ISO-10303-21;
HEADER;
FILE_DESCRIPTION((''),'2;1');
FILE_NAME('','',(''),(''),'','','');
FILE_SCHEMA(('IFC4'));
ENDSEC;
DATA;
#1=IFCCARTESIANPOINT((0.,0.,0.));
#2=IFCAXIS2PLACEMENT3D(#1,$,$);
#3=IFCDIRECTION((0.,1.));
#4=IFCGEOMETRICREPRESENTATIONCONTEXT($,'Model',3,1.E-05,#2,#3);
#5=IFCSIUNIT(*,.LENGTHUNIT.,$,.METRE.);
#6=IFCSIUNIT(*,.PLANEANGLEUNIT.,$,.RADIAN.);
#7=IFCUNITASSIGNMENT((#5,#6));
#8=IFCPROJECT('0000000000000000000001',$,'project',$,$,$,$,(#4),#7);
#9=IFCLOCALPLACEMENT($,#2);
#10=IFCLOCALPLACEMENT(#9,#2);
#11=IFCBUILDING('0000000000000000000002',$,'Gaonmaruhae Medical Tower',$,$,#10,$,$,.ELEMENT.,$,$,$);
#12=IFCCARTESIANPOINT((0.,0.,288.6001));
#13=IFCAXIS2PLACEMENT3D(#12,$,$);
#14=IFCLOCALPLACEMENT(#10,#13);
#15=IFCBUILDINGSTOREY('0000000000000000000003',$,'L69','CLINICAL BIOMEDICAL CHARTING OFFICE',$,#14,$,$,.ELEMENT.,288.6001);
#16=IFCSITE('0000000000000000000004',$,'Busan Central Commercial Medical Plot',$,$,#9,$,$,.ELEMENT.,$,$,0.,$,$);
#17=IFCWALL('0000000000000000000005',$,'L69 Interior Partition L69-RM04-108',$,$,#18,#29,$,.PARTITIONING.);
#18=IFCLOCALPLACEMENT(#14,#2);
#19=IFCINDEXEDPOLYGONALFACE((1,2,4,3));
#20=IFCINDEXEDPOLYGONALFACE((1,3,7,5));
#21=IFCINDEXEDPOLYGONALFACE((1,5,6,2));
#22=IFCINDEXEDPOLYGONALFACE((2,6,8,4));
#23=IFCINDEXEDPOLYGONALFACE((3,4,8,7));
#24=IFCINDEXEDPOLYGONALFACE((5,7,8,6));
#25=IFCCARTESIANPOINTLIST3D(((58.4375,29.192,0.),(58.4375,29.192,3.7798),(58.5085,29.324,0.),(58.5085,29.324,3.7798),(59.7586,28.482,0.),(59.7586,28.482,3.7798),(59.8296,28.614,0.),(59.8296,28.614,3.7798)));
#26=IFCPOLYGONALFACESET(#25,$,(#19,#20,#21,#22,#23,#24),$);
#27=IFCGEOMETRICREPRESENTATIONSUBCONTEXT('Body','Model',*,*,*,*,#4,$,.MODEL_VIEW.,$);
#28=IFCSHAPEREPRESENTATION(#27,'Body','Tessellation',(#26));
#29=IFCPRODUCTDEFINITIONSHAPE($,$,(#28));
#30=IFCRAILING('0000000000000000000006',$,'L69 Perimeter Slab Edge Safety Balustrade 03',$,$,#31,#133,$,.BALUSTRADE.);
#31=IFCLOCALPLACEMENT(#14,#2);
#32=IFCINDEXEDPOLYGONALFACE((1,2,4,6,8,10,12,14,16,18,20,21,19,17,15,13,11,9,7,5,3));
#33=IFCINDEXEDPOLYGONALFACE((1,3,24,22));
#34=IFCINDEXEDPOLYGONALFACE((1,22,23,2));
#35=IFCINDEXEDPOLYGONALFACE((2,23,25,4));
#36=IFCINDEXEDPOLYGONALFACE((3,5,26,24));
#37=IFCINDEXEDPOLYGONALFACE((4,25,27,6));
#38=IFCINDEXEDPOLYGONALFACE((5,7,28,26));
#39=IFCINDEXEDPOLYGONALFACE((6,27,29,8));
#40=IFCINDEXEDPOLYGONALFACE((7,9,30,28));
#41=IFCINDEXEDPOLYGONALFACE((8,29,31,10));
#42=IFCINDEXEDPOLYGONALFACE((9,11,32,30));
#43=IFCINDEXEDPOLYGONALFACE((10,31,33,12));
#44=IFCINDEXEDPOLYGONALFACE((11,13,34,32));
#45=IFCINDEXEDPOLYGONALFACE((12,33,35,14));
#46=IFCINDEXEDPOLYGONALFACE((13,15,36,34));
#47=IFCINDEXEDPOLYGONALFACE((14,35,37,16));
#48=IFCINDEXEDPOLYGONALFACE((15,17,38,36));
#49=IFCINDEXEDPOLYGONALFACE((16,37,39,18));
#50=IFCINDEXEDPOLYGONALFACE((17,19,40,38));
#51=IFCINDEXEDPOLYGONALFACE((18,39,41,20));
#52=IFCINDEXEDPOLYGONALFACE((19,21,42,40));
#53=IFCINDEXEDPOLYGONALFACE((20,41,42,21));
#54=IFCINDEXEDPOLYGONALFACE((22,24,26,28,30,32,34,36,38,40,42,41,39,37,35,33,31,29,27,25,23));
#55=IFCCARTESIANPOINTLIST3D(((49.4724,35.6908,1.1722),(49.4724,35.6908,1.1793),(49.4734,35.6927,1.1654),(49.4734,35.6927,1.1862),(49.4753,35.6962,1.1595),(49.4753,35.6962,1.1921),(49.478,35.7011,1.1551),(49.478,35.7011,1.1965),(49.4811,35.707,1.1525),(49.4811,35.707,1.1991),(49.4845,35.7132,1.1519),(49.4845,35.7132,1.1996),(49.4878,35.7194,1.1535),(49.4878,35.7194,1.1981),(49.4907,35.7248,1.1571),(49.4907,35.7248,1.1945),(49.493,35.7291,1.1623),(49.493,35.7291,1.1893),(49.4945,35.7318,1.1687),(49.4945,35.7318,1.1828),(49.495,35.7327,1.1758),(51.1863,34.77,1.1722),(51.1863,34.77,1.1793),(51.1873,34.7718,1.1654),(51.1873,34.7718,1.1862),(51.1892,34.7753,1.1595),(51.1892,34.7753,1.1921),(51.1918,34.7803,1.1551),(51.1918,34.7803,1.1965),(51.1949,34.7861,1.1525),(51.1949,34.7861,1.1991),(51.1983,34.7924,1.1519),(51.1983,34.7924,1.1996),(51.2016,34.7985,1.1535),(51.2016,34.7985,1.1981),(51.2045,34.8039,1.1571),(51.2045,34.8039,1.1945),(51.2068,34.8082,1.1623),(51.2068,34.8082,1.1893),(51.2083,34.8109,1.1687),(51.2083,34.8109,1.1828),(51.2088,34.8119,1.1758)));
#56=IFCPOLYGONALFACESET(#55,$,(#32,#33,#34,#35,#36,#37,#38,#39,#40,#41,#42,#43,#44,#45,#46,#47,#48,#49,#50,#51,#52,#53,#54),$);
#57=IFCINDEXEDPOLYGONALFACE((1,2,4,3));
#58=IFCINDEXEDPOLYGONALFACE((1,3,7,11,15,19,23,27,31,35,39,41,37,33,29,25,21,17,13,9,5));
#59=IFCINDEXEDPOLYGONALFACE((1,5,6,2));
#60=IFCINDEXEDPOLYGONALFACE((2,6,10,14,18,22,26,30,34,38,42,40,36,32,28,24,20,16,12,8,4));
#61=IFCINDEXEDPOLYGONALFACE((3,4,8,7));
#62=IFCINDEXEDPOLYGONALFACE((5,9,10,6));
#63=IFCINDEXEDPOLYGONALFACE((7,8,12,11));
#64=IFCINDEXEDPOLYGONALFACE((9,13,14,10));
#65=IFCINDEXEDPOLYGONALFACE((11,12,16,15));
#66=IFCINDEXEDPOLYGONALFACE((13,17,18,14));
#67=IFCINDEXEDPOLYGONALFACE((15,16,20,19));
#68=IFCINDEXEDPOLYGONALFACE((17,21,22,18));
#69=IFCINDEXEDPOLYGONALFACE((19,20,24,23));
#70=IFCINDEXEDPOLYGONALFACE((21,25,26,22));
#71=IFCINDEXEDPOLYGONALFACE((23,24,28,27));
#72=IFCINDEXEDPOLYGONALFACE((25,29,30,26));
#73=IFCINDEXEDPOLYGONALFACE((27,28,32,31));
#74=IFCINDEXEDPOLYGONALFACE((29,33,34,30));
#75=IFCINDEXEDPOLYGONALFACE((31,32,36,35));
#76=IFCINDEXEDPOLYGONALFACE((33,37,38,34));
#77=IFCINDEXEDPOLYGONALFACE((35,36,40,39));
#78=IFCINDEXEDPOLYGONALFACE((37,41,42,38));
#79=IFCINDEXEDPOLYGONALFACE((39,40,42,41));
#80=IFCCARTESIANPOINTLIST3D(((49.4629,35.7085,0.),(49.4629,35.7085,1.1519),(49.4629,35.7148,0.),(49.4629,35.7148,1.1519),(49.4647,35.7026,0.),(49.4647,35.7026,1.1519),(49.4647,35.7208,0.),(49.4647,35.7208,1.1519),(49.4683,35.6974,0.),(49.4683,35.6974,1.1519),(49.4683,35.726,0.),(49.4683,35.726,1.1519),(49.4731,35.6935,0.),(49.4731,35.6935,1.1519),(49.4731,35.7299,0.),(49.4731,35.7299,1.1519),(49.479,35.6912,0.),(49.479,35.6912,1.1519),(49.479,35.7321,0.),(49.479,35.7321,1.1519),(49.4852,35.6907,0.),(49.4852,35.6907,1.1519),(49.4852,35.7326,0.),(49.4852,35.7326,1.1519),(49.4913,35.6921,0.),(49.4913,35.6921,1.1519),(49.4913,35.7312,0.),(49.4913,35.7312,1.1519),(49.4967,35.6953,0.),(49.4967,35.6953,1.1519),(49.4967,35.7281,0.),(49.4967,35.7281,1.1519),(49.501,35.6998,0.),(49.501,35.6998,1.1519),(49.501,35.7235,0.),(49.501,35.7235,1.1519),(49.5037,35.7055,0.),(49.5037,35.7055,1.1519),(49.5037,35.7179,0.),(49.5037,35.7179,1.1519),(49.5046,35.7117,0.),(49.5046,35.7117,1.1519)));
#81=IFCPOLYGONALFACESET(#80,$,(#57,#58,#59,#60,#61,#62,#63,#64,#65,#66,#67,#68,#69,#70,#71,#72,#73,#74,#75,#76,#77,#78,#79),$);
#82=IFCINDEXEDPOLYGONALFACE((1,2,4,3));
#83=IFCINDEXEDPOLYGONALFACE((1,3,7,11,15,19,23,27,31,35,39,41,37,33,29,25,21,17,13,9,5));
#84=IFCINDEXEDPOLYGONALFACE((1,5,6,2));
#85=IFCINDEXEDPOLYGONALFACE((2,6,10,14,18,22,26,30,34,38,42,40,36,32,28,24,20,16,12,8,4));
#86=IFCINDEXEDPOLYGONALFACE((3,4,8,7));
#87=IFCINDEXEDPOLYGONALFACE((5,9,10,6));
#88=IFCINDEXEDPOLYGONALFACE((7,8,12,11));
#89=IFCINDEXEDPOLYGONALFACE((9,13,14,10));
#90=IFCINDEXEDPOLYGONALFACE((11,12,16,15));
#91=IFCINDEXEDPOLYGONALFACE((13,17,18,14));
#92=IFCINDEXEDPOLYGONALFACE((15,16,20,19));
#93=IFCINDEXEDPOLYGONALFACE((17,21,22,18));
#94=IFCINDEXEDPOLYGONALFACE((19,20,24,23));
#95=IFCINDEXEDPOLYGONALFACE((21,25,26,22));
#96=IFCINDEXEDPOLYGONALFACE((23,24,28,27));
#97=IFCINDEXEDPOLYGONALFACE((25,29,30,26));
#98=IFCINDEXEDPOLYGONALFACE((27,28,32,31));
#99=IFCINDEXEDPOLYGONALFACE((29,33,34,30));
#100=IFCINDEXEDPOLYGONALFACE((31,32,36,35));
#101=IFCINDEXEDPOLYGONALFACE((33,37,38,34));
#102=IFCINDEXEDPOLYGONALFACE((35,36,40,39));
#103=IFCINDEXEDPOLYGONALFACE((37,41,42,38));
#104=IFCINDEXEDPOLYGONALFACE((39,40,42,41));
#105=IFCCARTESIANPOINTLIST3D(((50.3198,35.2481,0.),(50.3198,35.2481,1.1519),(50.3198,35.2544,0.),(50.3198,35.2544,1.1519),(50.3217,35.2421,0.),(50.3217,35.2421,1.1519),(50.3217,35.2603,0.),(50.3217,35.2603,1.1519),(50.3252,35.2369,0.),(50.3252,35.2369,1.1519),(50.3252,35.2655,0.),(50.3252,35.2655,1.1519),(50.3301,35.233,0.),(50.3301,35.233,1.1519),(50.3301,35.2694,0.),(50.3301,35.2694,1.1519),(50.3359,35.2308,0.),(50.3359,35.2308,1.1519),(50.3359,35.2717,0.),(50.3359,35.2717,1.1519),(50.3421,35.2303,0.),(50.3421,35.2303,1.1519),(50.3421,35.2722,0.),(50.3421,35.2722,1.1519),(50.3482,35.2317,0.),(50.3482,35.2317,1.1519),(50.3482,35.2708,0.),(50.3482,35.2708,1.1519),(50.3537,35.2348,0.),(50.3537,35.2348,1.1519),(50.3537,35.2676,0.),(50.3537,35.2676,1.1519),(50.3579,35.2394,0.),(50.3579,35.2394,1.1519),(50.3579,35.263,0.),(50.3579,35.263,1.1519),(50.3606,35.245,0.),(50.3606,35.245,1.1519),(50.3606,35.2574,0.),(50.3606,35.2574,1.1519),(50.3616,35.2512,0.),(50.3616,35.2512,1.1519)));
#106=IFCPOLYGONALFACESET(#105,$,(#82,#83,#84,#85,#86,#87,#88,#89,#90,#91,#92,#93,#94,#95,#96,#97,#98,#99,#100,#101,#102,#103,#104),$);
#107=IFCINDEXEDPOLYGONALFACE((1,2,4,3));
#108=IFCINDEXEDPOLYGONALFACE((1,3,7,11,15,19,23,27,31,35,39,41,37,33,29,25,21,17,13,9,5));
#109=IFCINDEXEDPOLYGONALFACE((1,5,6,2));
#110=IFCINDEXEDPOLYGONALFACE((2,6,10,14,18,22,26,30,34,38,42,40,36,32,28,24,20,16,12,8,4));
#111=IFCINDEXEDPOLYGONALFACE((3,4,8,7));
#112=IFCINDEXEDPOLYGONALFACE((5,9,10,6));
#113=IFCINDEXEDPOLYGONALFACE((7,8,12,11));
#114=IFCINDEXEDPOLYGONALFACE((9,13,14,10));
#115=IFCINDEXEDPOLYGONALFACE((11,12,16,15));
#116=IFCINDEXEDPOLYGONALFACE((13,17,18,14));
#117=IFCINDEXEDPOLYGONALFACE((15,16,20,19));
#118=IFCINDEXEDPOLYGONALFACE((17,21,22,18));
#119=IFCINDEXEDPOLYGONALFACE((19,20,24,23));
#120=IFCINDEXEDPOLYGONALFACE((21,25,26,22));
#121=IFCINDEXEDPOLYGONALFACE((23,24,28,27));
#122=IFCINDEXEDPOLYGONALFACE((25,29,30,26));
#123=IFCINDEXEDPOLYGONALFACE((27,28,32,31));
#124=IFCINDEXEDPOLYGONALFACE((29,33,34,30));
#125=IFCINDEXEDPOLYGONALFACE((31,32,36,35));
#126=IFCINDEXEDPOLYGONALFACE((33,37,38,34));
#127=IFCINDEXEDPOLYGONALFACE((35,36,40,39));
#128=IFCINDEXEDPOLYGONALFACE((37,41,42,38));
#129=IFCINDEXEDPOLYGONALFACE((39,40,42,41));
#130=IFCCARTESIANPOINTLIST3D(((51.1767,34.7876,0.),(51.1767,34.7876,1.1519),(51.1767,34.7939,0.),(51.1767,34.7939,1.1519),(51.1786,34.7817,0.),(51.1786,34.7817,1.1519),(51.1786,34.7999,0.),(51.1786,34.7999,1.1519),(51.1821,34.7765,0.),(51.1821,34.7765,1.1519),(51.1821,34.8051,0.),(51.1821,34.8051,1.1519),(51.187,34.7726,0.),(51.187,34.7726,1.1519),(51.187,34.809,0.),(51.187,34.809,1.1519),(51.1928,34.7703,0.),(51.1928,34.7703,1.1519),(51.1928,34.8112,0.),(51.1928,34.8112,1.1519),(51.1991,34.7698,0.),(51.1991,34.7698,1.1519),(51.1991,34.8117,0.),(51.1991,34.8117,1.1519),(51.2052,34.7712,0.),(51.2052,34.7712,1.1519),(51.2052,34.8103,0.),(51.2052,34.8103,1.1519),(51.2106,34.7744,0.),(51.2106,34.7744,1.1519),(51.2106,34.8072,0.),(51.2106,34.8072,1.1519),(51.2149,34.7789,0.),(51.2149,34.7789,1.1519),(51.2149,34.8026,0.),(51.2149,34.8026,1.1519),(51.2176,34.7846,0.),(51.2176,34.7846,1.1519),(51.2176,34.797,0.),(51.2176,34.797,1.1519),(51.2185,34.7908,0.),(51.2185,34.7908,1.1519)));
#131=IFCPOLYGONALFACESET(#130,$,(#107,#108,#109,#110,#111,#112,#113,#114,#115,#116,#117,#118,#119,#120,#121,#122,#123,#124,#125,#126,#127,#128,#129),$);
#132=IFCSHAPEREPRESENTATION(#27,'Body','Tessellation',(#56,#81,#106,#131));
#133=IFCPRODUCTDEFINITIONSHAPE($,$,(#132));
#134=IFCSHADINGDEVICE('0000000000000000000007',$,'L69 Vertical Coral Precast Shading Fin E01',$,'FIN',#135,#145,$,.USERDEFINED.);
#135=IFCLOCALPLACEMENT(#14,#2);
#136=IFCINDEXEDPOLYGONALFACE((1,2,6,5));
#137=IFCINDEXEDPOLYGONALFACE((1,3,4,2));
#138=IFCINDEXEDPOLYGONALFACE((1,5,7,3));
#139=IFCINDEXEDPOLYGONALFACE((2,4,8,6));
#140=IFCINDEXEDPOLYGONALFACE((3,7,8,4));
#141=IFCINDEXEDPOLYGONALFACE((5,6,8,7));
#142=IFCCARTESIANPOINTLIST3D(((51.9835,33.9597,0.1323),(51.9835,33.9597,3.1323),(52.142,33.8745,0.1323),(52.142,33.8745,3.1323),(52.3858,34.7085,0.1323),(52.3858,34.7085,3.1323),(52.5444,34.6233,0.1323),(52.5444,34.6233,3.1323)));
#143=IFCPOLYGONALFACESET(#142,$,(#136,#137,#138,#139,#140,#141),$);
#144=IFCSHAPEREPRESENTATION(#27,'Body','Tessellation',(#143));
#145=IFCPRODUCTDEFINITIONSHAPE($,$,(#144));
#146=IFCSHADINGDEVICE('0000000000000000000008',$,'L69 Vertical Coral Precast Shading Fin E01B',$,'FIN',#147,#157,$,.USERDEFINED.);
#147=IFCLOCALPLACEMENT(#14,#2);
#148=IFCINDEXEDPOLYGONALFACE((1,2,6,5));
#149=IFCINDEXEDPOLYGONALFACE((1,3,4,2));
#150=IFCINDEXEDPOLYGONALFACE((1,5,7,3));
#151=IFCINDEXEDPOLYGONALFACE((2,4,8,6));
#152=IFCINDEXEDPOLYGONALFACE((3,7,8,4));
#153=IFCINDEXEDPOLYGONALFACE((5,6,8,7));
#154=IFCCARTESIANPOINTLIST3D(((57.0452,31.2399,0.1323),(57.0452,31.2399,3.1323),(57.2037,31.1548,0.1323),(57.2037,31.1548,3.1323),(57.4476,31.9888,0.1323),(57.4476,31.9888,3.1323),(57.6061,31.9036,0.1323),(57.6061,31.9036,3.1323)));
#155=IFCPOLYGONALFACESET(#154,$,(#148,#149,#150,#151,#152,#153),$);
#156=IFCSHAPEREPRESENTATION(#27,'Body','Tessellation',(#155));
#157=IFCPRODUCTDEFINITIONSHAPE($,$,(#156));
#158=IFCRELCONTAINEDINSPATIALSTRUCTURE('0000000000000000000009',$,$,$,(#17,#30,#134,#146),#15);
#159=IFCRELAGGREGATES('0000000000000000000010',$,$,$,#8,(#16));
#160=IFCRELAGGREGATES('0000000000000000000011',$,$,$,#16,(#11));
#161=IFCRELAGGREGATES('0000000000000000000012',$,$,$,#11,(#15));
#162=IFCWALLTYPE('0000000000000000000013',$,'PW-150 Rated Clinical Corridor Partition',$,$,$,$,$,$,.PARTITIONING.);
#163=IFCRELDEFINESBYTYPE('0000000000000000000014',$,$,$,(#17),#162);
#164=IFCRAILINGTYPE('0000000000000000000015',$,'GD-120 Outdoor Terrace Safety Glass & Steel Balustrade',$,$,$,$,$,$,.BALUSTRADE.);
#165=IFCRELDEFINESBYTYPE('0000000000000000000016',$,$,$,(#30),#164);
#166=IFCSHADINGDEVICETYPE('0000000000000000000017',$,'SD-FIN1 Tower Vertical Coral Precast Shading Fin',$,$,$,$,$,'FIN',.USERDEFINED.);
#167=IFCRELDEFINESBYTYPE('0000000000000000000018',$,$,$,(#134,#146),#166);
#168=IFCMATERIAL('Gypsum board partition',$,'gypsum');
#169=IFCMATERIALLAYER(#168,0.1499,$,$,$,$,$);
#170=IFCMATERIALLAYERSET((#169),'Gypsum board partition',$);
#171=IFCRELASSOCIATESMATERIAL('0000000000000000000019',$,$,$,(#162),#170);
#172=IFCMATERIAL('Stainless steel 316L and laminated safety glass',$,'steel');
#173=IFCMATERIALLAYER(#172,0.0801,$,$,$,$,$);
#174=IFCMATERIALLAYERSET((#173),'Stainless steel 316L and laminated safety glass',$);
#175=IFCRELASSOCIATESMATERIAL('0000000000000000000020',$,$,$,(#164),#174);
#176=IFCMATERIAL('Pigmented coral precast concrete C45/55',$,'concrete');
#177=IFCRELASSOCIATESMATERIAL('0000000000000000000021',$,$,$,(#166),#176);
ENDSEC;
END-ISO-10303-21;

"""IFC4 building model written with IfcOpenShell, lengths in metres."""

from ifc_helpers import new_model, si_unit, direction, frame, frame_2d, origin, origin_2d, place, context, subcontext, project, spatial, rectangle, circle, extrude, material, layer, layer_set, type_object, element, save


model = new_model("IFC4")

# Units and contexts
model_context = context("Model", 3, precision=1e-05, world=origin(), true_north=direction((0.0, 1.0)))
body_context = subcontext(model_context, "Body", "Model", "MODEL_VIEW")
ifc_project = project(units=[si_unit("LENGTHUNIT", "METRE"), si_unit("PLANEANGLEUNIT", "RADIAN")], contexts=[model_context])

# Site, building, storey
site_placement = place(None, origin())
site = spatial("IfcSite", under=ifc_project, at=site_placement, Name="Busan Central Commercial Medical Plot", CompositionType="ELEMENT", RefElevation=0.0)
building_placement = place(site_placement, origin())
building = spatial("IfcBuilding", under=site, at=building_placement, Name="Gaonmaruhae Medical Tower", CompositionType="ELEMENT")
storey_placement = place(building_placement, frame((0.0, 0.0, 288.6001)))
storey = spatial("IfcBuildingStorey", under=building, at=storey_placement, Name="L69", Description="CLINICAL BIOMEDICAL CHARTING OFFICE", CompositionType="ELEMENT", Elevation=288.6001)

# Shared definitions
ifc_material_1 = material(Name="Gypsum board partition", Category="gypsum")
ifc_layer_1 = layer(ifc_material_1, 0.1499)
ifc_layer_set_1 = layer_set([ifc_layer_1], Name="Gypsum board partition")
wall_type_1 = type_object("IfcWallType", Name="PW-150 Rated Clinical Corridor Partition", PredefinedType="PARTITIONING", material=ifc_layer_set_1)

# Wall
wall_1_placement = place(storey_placement, frame((58.4729, 29.2581, 0.0), z_axis=(0.0, 0.0, 1.0), x_axis=(0.880852, -0.473391, 0.0)))
element("IfcWall", 1, at=wall_1_placement, inside=storey, type_object=wall_type_1, Name="L69 Interior Partition L69-RM04-108", PredefinedType="PARTITIONING", context=body_context, shape_type="SweptSolid", body=[
    extrude(rectangle(XDim=1.4998, YDim=0.1499, at=frame_2d((0.75, 0.0))), origin(), (0.0, 0.0, 1.0), 3.7798),
])

# Railing
ifc_material_2 = material(Name="Stainless steel 316L and laminated safety glass", Category="steel")
ifc_layer_2 = layer(ifc_material_2, 0.0801)
ifc_layer_set_2 = layer_set([ifc_layer_2], Name="Stainless steel 316L and laminated safety glass")
railing_type = type_object("IfcRailingType", Name="GD-120 Outdoor Terrace Safety Glass & Steel Balustrade", PredefinedType="BALUSTRADE", material=ifc_layer_set_2)
railing_placement = place(storey_placement, frame((49.4836, 35.7117, 0.0)))
element("IfcRailing", 2, at=railing_placement, inside=storey, type_object=railing_type, Name="L69 Perimeter Slab Edge Safety Balustrade 03", PredefinedType="BALUSTRADE", context=body_context, shape_type="SweptSolid", body=[
    extrude(circle(Radius=0.0239, at=origin_2d()), frame((0.0, 0.0, 1.1758), z_axis=(0.88089, -0.473321, 0.0), x_axis=(0.473321, 0.88089, 0.0)), (0.0, 0.0, 1.0), 1.9456),
    extrude(circle(Radius=0.021, at=origin_2d()), origin(), (0.0, 0.0, 1.0), 1.1519),
    extrude(circle(Radius=0.021, at=origin_2d()), frame((0.8569, -0.4604, 0.0)), (0.0, 0.0, 1.0), 1.1519),
    extrude(circle(Radius=0.021, at=origin_2d()), frame((1.7139, -0.9209, 0.0)), (0.0, 0.0, 1.0), 1.1519),
])

# Shading devices
ifc_material_3 = material(Name="Pigmented coral precast concrete C45/55", Category="concrete")
shading_device_type = type_object("IfcShadingDeviceType", Name="SD-FIN1 Tower Vertical Coral Precast Shading Fin", ElementType="FIN", PredefinedType="USERDEFINED", material=ifc_material_3)
for number, where, z_axis, x_axis, name in (
    (3, (52.2639, 34.2915, 0.1323), (0.0, 0.0, 1.0), (0.880891, -0.47332, 0.0), "L69 Vertical Coral Precast Shading Fin E01"),
    (4, (57.3257, 31.5718, 0.1323), (0.0, 0.0, 1.0), (0.880891, -0.47332, 0.0), "L69 Vertical Coral Precast Shading Fin E01B"),
):
    element("IfcShadingDevice", number, at=place(storey_placement, frame(where, z_axis=z_axis, x_axis=x_axis)), inside=storey, type_object=shading_device_type, Name=name, ObjectType="FIN", PredefinedType="USERDEFINED", context=body_context, shape_type="SweptSolid", body=[
        extrude(rectangle(XDim=0.1799, YDim=0.8501, at=origin_2d()), origin(), (0.0, 0.0, 1.0), 3.0),
    ])

save(model, "model.ifc")
